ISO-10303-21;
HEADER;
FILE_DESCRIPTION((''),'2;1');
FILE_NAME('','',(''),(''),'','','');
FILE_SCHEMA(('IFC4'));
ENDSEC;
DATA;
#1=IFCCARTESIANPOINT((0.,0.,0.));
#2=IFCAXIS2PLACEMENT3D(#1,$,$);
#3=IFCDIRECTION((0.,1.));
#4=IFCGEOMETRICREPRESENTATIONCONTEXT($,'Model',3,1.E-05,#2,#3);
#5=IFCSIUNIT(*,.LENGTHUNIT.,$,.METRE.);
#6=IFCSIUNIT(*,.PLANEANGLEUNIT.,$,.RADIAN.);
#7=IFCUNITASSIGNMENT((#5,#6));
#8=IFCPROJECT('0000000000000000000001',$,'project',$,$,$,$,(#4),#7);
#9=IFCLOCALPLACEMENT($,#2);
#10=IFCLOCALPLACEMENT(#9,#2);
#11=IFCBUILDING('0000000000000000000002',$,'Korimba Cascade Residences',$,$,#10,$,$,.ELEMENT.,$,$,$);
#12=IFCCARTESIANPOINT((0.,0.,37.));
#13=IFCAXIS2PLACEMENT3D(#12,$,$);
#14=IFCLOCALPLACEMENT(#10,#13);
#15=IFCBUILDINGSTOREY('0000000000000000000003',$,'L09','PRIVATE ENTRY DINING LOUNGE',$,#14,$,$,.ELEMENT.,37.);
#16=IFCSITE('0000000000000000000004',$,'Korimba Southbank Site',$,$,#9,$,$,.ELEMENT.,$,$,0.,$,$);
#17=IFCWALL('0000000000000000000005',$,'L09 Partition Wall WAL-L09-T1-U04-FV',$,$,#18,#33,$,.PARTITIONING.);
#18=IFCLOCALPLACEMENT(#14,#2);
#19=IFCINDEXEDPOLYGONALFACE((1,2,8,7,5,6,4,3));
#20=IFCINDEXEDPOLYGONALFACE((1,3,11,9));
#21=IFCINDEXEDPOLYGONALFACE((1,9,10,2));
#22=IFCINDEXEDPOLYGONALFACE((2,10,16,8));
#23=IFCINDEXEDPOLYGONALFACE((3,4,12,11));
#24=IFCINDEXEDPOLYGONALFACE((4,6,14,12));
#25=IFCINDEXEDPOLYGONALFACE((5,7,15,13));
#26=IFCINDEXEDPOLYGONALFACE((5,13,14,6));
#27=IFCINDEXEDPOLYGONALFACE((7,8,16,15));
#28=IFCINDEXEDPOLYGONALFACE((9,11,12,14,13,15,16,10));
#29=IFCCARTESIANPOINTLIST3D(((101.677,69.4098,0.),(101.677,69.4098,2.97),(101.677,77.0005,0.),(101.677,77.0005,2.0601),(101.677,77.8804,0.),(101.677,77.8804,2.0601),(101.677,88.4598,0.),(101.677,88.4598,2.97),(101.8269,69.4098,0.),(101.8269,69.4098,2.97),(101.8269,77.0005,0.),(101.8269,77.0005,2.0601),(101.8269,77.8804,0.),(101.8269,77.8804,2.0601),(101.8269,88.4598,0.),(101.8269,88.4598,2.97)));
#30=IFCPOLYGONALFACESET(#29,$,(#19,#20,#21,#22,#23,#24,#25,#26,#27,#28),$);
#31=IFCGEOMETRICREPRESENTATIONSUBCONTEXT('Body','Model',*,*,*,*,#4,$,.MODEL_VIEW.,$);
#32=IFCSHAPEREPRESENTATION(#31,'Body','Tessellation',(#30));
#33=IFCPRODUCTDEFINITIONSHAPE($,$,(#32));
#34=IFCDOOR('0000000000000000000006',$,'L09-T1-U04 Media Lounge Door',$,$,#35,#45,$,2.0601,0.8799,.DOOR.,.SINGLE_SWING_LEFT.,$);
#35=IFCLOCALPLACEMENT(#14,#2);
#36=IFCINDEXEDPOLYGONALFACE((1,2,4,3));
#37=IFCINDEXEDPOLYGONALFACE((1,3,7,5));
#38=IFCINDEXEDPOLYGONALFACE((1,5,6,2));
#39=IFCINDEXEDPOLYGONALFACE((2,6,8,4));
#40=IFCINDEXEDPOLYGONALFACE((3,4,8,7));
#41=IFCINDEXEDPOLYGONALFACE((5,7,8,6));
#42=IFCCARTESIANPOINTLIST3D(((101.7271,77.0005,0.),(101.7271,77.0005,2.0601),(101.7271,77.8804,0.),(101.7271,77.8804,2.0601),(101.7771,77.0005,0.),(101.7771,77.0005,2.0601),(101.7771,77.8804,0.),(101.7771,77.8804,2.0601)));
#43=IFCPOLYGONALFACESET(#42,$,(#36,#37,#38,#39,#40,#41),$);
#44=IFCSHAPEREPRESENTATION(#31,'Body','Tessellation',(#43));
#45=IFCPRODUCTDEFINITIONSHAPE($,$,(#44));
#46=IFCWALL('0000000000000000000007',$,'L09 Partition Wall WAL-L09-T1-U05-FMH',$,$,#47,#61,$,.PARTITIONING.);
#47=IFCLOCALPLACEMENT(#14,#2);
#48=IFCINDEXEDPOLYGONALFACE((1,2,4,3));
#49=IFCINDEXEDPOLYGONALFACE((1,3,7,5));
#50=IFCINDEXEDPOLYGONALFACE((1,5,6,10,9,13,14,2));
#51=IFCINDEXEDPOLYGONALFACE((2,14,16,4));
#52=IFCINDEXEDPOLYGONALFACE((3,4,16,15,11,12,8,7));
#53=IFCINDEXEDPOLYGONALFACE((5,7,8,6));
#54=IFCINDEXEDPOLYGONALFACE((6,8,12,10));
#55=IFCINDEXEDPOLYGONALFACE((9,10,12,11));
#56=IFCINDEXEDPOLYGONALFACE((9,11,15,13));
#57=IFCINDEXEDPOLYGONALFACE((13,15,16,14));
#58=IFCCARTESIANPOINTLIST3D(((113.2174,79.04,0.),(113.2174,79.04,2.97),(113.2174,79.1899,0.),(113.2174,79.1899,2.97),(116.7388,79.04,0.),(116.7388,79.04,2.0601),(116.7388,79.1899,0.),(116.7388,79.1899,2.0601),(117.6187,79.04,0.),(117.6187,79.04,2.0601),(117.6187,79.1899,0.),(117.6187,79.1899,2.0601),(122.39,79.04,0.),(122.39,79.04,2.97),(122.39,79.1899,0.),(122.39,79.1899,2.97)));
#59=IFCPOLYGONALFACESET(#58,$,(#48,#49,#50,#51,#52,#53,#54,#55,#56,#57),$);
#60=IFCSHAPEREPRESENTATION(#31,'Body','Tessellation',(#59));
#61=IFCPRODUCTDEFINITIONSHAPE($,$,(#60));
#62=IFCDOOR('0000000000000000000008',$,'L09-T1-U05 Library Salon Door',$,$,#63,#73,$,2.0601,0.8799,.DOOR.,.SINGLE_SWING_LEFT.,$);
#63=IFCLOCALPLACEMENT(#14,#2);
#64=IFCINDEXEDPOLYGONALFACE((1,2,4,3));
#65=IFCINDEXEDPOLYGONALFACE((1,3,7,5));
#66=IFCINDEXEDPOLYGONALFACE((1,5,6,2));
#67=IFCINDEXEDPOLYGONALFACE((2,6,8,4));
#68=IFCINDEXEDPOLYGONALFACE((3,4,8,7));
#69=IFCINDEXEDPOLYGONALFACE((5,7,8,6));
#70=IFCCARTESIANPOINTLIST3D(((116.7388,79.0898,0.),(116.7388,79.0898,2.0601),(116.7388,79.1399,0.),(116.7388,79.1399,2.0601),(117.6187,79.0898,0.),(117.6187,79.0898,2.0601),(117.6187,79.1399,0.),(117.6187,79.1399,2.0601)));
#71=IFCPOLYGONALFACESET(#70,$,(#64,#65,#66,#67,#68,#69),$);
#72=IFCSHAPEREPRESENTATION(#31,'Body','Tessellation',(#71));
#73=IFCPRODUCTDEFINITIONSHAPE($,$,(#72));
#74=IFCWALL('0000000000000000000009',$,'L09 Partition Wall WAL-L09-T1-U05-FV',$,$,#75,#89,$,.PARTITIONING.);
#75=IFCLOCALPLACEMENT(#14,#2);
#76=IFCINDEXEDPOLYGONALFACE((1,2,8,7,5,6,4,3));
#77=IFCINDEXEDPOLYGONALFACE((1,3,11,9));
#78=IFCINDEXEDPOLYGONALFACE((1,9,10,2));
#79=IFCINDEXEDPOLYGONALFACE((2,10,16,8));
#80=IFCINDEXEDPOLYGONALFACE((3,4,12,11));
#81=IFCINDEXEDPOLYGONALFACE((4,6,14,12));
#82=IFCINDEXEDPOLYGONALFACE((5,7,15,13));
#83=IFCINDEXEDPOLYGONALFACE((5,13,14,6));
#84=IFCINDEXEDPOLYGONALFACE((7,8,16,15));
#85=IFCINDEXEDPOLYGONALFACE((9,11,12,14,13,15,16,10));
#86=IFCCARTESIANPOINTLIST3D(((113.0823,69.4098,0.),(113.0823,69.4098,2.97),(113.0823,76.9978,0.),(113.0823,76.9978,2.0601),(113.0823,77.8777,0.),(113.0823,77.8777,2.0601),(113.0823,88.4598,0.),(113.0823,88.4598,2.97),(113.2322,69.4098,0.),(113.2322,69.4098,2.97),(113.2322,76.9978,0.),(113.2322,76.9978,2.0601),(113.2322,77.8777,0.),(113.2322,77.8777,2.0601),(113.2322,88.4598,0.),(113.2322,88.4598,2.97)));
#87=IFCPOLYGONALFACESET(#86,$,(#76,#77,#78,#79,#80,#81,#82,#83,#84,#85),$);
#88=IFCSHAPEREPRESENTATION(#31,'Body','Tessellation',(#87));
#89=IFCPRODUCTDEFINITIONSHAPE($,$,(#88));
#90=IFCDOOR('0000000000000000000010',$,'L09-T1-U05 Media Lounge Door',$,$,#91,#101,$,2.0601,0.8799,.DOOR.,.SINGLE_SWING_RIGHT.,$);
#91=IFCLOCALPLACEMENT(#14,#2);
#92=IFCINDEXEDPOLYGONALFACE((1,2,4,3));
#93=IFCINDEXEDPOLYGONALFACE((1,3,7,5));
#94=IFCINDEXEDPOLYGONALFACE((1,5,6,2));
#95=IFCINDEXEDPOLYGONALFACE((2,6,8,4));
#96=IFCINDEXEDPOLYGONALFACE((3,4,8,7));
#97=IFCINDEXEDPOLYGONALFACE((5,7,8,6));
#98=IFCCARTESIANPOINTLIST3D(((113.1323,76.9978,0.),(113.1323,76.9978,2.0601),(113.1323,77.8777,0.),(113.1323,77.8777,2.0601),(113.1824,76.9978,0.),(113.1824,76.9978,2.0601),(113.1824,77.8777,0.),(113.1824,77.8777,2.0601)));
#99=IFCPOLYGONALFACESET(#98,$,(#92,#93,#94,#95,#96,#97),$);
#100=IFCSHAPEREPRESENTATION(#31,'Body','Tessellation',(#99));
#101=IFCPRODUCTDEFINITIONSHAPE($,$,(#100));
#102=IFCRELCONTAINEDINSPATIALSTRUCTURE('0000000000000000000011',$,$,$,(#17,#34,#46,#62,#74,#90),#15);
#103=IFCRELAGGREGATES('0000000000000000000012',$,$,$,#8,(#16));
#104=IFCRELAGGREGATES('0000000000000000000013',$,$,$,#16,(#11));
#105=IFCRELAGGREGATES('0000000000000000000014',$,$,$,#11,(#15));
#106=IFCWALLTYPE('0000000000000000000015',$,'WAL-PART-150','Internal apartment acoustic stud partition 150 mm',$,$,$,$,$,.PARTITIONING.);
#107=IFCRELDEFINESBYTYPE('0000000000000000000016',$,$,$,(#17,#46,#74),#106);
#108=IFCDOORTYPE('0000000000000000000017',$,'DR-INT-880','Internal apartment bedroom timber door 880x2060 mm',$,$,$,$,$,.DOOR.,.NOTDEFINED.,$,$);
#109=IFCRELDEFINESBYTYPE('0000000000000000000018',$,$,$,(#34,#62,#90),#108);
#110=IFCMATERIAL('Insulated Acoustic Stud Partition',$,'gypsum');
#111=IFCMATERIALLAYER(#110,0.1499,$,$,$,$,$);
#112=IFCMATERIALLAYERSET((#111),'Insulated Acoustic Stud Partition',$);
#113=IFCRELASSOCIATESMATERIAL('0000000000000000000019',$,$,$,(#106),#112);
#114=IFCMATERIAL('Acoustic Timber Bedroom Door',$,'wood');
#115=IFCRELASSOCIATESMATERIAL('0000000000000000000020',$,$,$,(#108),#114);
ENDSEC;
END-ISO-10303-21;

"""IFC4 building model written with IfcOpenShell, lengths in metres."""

from ifc_helpers import new_model, si_unit, direction, frame, frame_2d, origin, place, context, subcontext, project, spatial, rectangle, extrude, material, layer, layer_set, type_object, element, fill, save


model = new_model("IFC4")

# Units and contexts
model_context = context("Model", 3, precision=1e-05, world=origin(), true_north=direction((0.0, 1.0)))
body_context = subcontext(model_context, "Body", "Model", "MODEL_VIEW")
ifc_project = project(units=[si_unit("LENGTHUNIT", "METRE"), si_unit("PLANEANGLEUNIT", "RADIAN")], contexts=[model_context])

# Site, building, storey
site_placement = place(None, origin())
site = spatial("IfcSite", under=ifc_project, at=site_placement, Name="Korimba Southbank Site", CompositionType="ELEMENT", RefElevation=0.0)
building_placement = place(site_placement, origin())
building = spatial("IfcBuilding", under=site, at=building_placement, Name="Korimba Cascade Residences", CompositionType="ELEMENT")
storey_placement = place(building_placement, frame((0.0, 0.0, 37.0)))
storey = spatial("IfcBuildingStorey", under=building, at=storey_placement, Name="L09", Description="PRIVATE ENTRY DINING LOUNGE", CompositionType="ELEMENT", Elevation=37.0)

# Walls, openings, doors
ifc_material_1 = material(Name="Insulated Acoustic Stud Partition", Category="gypsum")
ifc_layer_1 = layer(ifc_material_1, 0.1499)
ifc_layer_set_1 = layer_set([ifc_layer_1], Name="Insulated Acoustic Stud Partition")
wall_type_1 = type_object("IfcWallType", Name="WAL-PART-150", Description="Internal apartment acoustic stud partition 150 mm", PredefinedType="PARTITIONING", material=ifc_layer_set_1)
ifc_material_2 = material(Name="Acoustic Timber Bedroom Door", Category="wood")
door_type_1 = type_object("IfcDoorType", Name="DR-INT-880", Description="Internal apartment bedroom timber door 880x2060 mm", OperationType="NOTDEFINED", PredefinedType="DOOR", material=ifc_material_2)
wall_1_placement = place(storey_placement, frame((101.752, 69.4099, 0.0), z_axis=(0.0, 0.0, 1.0), x_axis=(0.0, 1.0, 0.0)))
wall_1 = element("IfcWall", 1, at=wall_1_placement, inside=storey, type_object=wall_type_1, Name="L09 Partition Wall WAL-L09-T1-U04-FV", PredefinedType="PARTITIONING", context=body_context, shape_type="SweptSolid", body=[
    extrude(rectangle(XDim=19.05, YDim=0.1499, at=frame_2d((9.5249, 0.0))), origin(), (0.0, 0.0, 1.0), 2.97),
])
opening_1_placement = place(wall_1_placement, frame((7.5906, 0.0, 0.0)))
opening_1 = element("IfcOpeningElement", 2, at=opening_1_placement, cuts=wall_1, PredefinedType="OPENING", context=body_context, shape_type="SweptSolid", body=[
    extrude(rectangle(XDim=0.8799, YDim=2.0601, at=frame_2d((0.4399, 1.03))), frame((0.0, 0.085, 0.0), z_axis=(0.0, -1.0, 0.0), x_axis=(1.0, 0.0, 0.0)), (0.0, 0.0, 1.0), 0.1699),
])
door_1_placement = place(opening_1_placement, origin())
door_1 = element("IfcDoor", 3, at=door_1_placement, inside=storey, type_object=door_type_1, Name="L09-T1-U04 Media Lounge Door", OperationType="SINGLE_SWING_LEFT", OverallHeight=2.0601, OverallWidth=0.8799, PredefinedType="DOOR", context=body_context, shape_type="SweptSolid", body=[
    extrude(rectangle(XDim=0.8799, YDim=2.0601, at=frame_2d((0.4399, 1.03))), frame((0.0, 0.0249, 0.0), z_axis=(0.0, -1.0, 0.0), x_axis=(1.0, 0.0, 0.0)), (0.0, 0.0, 1.0), 0.05),
])
fill(opening_1, door_1)
wall_2_placement = place(storey_placement, frame((113.2173, 79.115, 0.0), z_axis=(0.0, 0.0, 1.0), x_axis=(1.0, 0.0, 0.0)))
wall_2 = element("IfcWall", 4, at=wall_2_placement, inside=storey, type_object=wall_type_1, Name="L09 Partition Wall WAL-L09-T1-U05-FMH", PredefinedType="PARTITIONING", context=body_context, shape_type="SweptSolid", body=[
    extrude(rectangle(XDim=9.1726, YDim=0.1499, at=frame_2d((4.5864, 0.0))), origin(), (0.0, 0.0, 1.0), 2.97),
])
opening_2_placement = place(wall_2_placement, frame((3.5215, 0.0, 0.0)))
opening_2 = element("IfcOpeningElement", 5, at=opening_2_placement, cuts=wall_2, PredefinedType="OPENING", context=body_context, shape_type="SweptSolid", body=[
    extrude(rectangle(XDim=0.8799, YDim=2.0601, at=frame_2d((0.4399, 1.03))), frame((0.0, 0.085, 0.0), z_axis=(0.0, -1.0, 0.0), x_axis=(1.0, 0.0, 0.0)), (0.0, 0.0, 1.0), 0.1699),
])
door_2_placement = place(opening_2_placement, origin())
door_2 = element("IfcDoor", 6, at=door_2_placement, inside=storey, type_object=door_type_1, Name="L09-T1-U05 Library Salon Door", OperationType="SINGLE_SWING_LEFT", OverallHeight=2.0601, OverallWidth=0.8799, PredefinedType="DOOR", context=body_context, shape_type="SweptSolid", body=[
    extrude(rectangle(XDim=0.8799, YDim=2.0601, at=frame_2d((0.4399, 1.03))), frame((0.0, 0.0249, 0.0), z_axis=(0.0, -1.0, 0.0), x_axis=(1.0, 0.0, 0.0)), (0.0, 0.0, 1.0), 0.05),
])
fill(opening_2, door_2)
wall_3_placement = place(storey_placement, frame((113.1572, 69.4099, 0.0), z_axis=(0.0, 0.0, 1.0), x_axis=(0.0, 1.0, 0.0)))
wall_3 = element("IfcWall", 7, at=wall_3_placement, inside=storey, type_object=wall_type_1, Name="L09 Partition Wall WAL-L09-T1-U05-FV", PredefinedType="PARTITIONING", context=body_context, shape_type="SweptSolid", body=[
    extrude(rectangle(XDim=19.05, YDim=0.1499, at=frame_2d((9.5249, 0.0))), origin(), (0.0, 0.0, 1.0), 2.97),
])
opening_3_placement = place(wall_3_placement, frame((7.5879, 0.0, 0.0)))
opening_3 = element("IfcOpeningElement", 8, at=opening_3_placement, cuts=wall_3, PredefinedType="OPENING", context=body_context, shape_type="SweptSolid", body=[
    extrude(rectangle(XDim=0.8799, YDim=2.0601, at=frame_2d((0.4399, 1.03))), frame((0.0, 0.085, 0.0), z_axis=(0.0, -1.0, 0.0), x_axis=(1.0, 0.0, 0.0)), (0.0, 0.0, 1.0), 0.1699),
])
door_3_placement = place(opening_3_placement, origin())
door_3 = element("IfcDoor", 9, at=door_3_placement, inside=storey, type_object=door_type_1, Name="L09-T1-U05 Media Lounge Door", OperationType="SINGLE_SWING_RIGHT", OverallHeight=2.0601, OverallWidth=0.8799, PredefinedType="DOOR", context=body_context, shape_type="SweptSolid", body=[
    extrude(rectangle(XDim=0.8799, YDim=2.0601, at=frame_2d((0.4399, 1.03))), frame((0.0, 0.0249, 0.0), z_axis=(0.0, -1.0, 0.0), x_axis=(1.0, 0.0, 0.0)), (0.0, 0.0, 1.0), 0.05),
])
fill(opening_3, door_3)

save(model, "model.ifc")
